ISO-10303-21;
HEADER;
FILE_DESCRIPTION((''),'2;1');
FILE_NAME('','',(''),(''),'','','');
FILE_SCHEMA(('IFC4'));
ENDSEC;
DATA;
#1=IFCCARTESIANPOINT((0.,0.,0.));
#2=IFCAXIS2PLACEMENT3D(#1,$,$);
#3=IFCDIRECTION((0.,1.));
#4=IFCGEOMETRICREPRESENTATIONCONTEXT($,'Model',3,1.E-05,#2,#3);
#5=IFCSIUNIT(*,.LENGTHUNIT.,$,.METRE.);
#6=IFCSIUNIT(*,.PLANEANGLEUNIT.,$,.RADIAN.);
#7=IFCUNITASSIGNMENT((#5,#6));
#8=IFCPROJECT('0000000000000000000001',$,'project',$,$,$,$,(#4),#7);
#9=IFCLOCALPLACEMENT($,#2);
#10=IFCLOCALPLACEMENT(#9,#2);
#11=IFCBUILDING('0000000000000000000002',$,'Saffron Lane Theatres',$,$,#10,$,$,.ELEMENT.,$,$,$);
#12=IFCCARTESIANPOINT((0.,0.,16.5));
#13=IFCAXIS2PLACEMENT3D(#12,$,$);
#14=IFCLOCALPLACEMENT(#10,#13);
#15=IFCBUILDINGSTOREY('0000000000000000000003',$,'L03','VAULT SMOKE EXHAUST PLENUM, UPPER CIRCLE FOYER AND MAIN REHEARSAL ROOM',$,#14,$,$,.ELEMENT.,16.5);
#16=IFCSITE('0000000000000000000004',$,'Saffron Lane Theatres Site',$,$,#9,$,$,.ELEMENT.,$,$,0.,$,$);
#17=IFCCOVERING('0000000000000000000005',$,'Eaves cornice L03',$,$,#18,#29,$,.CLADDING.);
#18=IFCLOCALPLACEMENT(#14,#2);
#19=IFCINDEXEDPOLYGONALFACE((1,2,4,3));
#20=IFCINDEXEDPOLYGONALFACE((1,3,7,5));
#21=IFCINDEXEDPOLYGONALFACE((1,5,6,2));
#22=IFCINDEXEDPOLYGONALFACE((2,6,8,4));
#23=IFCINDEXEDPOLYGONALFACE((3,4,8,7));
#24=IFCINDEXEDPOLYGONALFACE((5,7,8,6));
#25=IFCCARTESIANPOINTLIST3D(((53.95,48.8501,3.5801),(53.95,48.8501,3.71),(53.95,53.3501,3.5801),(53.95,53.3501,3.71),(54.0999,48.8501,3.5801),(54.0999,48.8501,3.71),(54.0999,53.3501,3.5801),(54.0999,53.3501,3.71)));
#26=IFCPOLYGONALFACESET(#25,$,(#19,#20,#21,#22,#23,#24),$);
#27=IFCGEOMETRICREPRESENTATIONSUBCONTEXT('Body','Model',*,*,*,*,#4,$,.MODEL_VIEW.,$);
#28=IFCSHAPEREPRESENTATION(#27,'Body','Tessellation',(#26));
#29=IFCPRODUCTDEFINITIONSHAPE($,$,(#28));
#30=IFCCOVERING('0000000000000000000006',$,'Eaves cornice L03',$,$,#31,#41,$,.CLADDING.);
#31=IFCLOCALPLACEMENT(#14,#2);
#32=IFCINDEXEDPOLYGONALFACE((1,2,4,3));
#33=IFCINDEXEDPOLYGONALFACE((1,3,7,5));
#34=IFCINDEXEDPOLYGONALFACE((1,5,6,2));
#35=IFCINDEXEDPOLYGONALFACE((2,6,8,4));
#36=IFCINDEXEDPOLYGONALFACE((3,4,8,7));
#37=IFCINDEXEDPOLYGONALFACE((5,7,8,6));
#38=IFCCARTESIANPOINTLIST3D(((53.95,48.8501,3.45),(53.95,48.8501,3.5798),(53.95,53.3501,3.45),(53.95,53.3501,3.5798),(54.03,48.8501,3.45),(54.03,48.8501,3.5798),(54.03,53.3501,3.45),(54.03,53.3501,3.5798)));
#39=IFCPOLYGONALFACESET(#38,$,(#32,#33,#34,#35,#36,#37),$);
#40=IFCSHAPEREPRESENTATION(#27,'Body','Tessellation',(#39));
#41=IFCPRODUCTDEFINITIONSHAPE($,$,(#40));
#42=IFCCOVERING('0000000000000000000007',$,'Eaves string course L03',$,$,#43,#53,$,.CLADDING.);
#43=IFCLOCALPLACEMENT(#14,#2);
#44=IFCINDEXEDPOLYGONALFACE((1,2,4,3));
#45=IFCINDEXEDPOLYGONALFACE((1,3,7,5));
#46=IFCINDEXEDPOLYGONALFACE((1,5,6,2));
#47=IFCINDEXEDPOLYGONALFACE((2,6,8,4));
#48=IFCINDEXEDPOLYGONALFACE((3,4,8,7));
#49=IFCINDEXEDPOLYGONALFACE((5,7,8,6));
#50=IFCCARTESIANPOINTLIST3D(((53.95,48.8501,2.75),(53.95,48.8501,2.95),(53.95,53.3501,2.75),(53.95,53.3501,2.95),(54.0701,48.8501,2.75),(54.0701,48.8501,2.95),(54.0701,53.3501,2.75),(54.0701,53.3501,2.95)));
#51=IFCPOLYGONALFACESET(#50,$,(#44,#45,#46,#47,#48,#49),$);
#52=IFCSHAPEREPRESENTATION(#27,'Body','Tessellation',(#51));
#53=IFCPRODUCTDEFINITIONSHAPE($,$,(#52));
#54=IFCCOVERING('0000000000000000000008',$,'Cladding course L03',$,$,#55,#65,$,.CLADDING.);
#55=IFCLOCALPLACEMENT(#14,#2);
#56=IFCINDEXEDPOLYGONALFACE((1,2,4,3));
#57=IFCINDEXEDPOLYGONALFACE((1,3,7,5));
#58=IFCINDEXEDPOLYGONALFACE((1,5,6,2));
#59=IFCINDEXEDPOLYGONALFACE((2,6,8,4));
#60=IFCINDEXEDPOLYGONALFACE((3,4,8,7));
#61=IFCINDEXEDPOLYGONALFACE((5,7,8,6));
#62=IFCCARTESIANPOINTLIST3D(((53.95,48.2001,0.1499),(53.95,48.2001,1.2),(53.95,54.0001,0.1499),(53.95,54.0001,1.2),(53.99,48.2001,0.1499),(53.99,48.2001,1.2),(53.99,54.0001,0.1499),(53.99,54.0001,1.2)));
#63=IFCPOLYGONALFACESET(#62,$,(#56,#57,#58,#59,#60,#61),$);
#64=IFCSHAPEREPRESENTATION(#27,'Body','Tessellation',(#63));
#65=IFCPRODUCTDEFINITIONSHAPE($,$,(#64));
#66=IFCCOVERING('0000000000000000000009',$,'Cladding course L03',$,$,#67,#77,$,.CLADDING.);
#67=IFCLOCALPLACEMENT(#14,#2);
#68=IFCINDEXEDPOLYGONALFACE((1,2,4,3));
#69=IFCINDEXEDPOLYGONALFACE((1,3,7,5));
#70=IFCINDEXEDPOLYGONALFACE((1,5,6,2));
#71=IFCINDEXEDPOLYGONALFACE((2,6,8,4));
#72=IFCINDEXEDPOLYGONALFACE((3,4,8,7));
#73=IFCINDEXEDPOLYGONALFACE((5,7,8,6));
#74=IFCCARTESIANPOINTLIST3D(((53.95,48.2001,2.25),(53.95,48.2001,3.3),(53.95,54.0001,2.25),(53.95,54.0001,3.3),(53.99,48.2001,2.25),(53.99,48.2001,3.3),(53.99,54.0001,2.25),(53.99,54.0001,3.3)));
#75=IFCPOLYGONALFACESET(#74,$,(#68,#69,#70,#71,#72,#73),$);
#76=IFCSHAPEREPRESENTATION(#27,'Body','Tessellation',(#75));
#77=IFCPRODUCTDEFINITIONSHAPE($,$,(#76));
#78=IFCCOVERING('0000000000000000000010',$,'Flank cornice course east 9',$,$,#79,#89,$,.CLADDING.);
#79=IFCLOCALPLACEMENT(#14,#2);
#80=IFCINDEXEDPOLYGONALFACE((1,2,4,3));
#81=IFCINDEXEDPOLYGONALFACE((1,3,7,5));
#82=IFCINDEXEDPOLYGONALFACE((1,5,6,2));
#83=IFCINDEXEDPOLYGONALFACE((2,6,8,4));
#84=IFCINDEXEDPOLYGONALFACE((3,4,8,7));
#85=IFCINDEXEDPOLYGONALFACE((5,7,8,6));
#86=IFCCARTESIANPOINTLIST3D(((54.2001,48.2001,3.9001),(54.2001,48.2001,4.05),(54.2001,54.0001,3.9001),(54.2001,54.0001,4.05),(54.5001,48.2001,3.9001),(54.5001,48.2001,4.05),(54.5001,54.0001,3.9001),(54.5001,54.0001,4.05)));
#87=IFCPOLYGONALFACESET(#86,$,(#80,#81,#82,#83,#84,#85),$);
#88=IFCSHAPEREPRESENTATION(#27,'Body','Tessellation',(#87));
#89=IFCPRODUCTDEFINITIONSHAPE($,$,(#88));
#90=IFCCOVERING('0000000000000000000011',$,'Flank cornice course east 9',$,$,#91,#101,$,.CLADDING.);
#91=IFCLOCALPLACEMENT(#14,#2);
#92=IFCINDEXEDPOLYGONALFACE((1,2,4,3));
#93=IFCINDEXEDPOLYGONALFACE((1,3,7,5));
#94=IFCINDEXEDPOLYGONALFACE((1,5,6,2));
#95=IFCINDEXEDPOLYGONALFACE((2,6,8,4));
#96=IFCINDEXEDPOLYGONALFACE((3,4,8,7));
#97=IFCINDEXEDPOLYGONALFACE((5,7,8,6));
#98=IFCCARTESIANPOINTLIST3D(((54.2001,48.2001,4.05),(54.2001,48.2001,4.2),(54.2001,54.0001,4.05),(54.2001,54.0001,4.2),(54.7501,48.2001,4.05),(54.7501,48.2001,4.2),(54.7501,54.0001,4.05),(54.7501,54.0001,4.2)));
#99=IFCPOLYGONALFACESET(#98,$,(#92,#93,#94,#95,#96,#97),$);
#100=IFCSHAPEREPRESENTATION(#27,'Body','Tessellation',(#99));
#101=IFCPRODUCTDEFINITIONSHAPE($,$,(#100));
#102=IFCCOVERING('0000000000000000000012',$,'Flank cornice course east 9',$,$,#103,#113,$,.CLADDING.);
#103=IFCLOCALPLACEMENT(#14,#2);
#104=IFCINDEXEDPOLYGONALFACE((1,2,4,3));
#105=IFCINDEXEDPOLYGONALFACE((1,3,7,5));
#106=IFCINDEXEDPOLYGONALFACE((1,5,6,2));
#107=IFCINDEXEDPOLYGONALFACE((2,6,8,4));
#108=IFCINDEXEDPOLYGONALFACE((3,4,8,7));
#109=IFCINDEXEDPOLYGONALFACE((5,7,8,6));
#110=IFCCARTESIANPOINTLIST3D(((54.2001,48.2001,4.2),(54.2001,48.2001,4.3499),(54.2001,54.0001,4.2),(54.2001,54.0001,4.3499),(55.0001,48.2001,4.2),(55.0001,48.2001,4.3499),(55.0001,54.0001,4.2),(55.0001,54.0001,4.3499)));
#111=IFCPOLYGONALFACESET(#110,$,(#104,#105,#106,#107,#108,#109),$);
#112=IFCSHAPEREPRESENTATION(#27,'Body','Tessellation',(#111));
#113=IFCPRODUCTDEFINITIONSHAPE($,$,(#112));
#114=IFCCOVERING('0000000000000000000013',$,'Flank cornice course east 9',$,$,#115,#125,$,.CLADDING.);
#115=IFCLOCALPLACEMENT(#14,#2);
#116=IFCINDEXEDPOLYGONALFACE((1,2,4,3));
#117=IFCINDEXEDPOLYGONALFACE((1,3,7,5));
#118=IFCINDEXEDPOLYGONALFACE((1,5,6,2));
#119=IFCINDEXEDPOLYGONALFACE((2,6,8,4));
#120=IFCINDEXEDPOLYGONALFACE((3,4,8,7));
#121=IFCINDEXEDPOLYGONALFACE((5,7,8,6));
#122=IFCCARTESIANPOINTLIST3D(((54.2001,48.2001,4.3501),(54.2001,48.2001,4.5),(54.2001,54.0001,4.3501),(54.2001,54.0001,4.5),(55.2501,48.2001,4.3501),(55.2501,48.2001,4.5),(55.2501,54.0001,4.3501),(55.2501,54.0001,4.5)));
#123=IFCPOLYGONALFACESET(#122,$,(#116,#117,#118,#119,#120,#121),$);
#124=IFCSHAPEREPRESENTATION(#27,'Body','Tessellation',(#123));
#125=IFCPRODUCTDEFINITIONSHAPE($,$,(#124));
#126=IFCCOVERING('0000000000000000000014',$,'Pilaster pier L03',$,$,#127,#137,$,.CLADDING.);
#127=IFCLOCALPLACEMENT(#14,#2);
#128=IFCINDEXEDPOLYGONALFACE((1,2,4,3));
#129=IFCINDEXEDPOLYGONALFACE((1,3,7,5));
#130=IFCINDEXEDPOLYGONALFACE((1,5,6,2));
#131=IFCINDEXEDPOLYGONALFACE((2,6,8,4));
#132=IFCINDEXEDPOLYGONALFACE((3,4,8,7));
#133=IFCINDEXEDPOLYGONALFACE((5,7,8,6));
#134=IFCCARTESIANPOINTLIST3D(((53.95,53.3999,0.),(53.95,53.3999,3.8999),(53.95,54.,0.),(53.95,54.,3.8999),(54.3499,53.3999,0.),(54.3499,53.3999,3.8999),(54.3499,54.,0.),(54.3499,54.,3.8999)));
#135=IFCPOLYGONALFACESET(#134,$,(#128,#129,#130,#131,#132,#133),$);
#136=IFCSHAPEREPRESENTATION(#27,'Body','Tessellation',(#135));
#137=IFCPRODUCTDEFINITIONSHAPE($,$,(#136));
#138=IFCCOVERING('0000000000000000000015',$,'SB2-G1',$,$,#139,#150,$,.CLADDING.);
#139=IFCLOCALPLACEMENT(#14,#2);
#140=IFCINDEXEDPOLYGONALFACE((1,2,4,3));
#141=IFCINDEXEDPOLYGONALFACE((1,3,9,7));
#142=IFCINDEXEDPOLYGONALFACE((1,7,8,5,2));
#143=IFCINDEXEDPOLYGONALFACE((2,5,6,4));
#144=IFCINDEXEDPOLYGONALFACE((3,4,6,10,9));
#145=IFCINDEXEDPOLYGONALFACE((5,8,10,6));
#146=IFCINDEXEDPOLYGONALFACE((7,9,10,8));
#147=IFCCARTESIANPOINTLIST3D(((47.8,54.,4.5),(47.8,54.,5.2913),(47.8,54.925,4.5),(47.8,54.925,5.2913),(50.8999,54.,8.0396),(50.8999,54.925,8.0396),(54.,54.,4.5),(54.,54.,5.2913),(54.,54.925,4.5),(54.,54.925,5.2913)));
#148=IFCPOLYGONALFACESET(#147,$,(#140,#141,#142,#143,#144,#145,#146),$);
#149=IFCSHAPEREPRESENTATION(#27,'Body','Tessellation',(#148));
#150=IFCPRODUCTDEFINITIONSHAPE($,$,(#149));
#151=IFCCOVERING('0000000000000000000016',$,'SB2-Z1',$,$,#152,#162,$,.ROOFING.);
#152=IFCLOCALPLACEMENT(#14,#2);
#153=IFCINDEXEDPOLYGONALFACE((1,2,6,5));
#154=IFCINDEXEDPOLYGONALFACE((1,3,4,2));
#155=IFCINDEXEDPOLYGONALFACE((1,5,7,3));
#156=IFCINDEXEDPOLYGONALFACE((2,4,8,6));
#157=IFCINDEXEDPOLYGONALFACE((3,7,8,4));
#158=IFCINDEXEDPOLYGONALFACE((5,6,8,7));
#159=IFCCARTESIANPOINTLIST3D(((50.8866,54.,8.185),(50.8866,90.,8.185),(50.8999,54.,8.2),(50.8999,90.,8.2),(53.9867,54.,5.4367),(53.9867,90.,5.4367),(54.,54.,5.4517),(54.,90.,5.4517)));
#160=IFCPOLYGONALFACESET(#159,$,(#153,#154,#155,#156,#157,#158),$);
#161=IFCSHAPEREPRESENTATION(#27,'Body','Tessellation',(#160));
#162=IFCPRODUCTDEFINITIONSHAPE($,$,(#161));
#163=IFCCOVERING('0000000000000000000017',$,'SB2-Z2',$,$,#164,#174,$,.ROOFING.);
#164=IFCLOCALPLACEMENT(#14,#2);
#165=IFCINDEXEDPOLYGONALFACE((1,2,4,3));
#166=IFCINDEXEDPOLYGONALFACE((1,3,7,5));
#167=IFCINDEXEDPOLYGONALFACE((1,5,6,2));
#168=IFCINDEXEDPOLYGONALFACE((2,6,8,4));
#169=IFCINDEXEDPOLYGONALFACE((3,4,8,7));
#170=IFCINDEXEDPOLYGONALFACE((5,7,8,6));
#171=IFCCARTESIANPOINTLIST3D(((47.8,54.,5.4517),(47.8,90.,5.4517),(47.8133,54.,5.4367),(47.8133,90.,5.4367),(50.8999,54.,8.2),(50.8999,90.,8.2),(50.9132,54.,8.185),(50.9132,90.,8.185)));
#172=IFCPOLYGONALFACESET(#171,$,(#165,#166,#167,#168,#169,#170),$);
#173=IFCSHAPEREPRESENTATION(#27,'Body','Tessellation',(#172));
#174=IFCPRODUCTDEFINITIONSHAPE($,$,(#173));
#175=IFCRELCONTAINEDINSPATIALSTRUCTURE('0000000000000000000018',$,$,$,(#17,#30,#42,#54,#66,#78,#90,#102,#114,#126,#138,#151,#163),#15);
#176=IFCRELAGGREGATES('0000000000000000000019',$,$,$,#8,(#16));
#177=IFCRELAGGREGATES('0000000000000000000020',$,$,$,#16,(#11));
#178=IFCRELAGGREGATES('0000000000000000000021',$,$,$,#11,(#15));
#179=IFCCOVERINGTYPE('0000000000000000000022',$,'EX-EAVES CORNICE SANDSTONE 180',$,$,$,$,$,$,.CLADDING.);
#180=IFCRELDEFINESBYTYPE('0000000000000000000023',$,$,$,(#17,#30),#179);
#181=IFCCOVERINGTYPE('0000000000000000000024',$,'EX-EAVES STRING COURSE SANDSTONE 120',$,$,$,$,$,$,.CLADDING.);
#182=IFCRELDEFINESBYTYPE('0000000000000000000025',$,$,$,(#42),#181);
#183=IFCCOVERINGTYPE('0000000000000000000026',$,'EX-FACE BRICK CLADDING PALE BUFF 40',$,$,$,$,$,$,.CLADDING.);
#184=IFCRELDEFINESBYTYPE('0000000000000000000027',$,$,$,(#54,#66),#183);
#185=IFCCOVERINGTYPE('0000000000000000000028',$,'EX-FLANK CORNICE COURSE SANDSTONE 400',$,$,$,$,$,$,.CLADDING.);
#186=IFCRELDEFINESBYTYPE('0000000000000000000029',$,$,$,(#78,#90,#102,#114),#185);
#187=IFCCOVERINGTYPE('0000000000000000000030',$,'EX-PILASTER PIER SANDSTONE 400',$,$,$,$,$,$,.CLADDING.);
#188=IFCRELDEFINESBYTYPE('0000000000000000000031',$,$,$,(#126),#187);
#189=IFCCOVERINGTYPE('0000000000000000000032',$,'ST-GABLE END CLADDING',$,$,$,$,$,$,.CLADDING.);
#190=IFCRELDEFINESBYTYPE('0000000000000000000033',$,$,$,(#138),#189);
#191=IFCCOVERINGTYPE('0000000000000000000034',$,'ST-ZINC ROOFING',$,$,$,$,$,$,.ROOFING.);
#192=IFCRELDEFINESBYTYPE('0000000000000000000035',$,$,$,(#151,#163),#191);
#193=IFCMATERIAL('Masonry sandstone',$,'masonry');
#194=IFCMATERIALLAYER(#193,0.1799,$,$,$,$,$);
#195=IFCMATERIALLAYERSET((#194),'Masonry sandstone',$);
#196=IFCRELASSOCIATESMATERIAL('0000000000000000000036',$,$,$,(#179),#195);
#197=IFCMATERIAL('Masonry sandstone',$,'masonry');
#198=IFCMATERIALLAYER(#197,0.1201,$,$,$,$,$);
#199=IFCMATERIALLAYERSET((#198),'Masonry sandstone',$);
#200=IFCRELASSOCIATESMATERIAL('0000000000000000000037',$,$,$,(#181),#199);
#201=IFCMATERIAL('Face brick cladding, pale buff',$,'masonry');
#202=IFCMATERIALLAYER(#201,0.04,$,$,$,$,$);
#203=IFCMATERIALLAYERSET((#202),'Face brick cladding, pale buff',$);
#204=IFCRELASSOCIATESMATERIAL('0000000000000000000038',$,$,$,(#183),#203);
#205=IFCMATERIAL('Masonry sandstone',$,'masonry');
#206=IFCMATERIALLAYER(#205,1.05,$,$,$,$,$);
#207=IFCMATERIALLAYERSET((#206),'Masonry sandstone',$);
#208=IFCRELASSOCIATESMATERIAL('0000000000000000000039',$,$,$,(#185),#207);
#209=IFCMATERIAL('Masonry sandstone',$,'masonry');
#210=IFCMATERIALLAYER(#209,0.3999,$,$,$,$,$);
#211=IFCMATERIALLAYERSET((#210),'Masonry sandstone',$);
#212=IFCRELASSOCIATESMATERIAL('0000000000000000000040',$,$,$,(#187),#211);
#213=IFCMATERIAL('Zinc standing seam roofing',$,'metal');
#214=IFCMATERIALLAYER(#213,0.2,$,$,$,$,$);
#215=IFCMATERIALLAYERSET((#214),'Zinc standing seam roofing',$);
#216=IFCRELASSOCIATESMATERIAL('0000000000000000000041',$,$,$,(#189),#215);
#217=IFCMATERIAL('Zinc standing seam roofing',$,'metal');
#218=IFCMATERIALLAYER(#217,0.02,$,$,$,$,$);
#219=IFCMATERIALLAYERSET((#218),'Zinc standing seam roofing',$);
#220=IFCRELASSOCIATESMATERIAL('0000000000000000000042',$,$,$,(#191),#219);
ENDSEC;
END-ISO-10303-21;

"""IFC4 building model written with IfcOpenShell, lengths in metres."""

from ifc_helpers import new_model, si_unit, direction, frame, origin, origin_2d, place, context, subcontext, project, spatial, polyline, rectangle, outline, extrude, material, layer, layer_set, type_object, element, save


model = new_model("IFC4")

# Units and contexts
model_context = context("Model", 3, precision=1e-05, world=origin(), true_north=direction((0.0, 1.0)))
body_context = subcontext(model_context, "Body", "Model", "MODEL_VIEW")
ifc_project = project(units=[si_unit("LENGTHUNIT", "METRE"), si_unit("PLANEANGLEUNIT", "RADIAN")], contexts=[model_context])

# Site, building, storey
site_placement = place(None, origin())
site = spatial("IfcSite", under=ifc_project, at=site_placement, Name="Saffron Lane Theatres Site", CompositionType="ELEMENT", RefElevation=0.0)
building_placement = place(site_placement, origin())
building = spatial("IfcBuilding", under=site, at=building_placement, Name="Saffron Lane Theatres", CompositionType="ELEMENT")
storey_placement = place(building_placement, frame((0.0, 0.0, 16.5)))
storey = spatial("IfcBuildingStorey", under=building, at=storey_placement, Name="L03", Description="VAULT SMOKE EXHAUST PLENUM, UPPER CIRCLE FOYER AND MAIN REHEARSAL ROOM", CompositionType="ELEMENT", Elevation=16.5)

# Coverings
ifc_material_1 = material(Name="Masonry sandstone", Category="masonry")
ifc_layer_1 = layer(ifc_material_1, 0.1799)
ifc_layer_set_1 = layer_set([ifc_layer_1], Name="Masonry sandstone")
covering_type_1 = type_object("IfcCoveringType", Name="EX-EAVES CORNICE SANDSTONE 180", PredefinedType="CLADDING", material=ifc_layer_set_1)
covering_1_placement = place(storey_placement, frame((54.0249, 51.1001, 3.5801), z_axis=(0.0, 0.0, 1.0), x_axis=(0.0, -1.0, 0.0)))
element("IfcCovering", 1, at=covering_1_placement, inside=storey, type_object=covering_type_1, Name="Eaves cornice L03", PredefinedType="CLADDING", context=body_context, shape_type="SweptSolid", body=[
    extrude(rectangle(XDim=4.5, YDim=0.1499, at=origin_2d()), origin(), (0.0, 0.0, 1.0), 0.1299),
])
covering_2_placement = place(storey_placement, frame((53.99, 51.1001, 3.45), z_axis=(0.0, 0.0, 1.0), x_axis=(0.0, -1.0, 0.0)))
element("IfcCovering", 2, at=covering_2_placement, inside=storey, type_object=covering_type_1, Name="Eaves cornice L03", PredefinedType="CLADDING", context=body_context, shape_type="SweptSolid", body=[
    extrude(rectangle(XDim=4.5, YDim=0.0801, at=origin_2d()), origin(), (0.0, 0.0, 1.0), 0.1299),
])
ifc_material_2 = material(Name="Masonry sandstone", Category="masonry")
ifc_layer_2 = layer(ifc_material_2, 0.1201)
ifc_layer_set_2 = layer_set([ifc_layer_2], Name="Masonry sandstone")
covering_type_2 = type_object("IfcCoveringType", Name="EX-EAVES STRING COURSE SANDSTONE 120", PredefinedType="CLADDING", material=ifc_layer_set_2)
covering_3_placement = place(storey_placement, frame((54.01, 51.1001, 2.75), z_axis=(0.0, 0.0, 1.0), x_axis=(0.0, -1.0, 0.0)))
element("IfcCovering", 3, at=covering_3_placement, inside=storey, type_object=covering_type_2, Name="Eaves string course L03", PredefinedType="CLADDING", context=body_context, shape_type="SweptSolid", body=[
    extrude(rectangle(XDim=4.5, YDim=0.1201, at=origin_2d()), origin(), (0.0, 0.0, 1.0), 0.2),
])
ifc_material_3 = material(Name="Face brick cladding, pale buff", Category="masonry")
ifc_layer_3 = layer(ifc_material_3, 0.04)
ifc_layer_set_3 = layer_set([ifc_layer_3], Name="Face brick cladding, pale buff")
covering_type_3 = type_object("IfcCoveringType", Name="EX-FACE BRICK CLADDING PALE BUFF 40", PredefinedType="CLADDING", material=ifc_layer_set_3)
for number, where, z_axis, x_axis, name in (
    (4, (53.97, 51.1001, 0.1499), (0.0, 0.0, 1.0), (0.0, -1.0, 0.0), "Cladding course L03"),
    (5, (53.97, 51.1001, 2.25), (0.0, 0.0, 1.0), (0.0, -1.0, 0.0), "Cladding course L03"),
):
    element("IfcCovering", number, at=place(storey_placement, frame(where, z_axis=z_axis, x_axis=x_axis)), inside=storey, type_object=covering_type_3, Name=name, PredefinedType="CLADDING", context=body_context, shape_type="SweptSolid", body=[
        extrude(rectangle(XDim=5.8, YDim=0.04, at=origin_2d()), origin(), (0.0, 0.0, 1.0), 1.05),
    ])
ifc_material_4 = material(Name="Masonry sandstone", Category="masonry")
ifc_layer_4 = layer(ifc_material_4, 1.05)
ifc_layer_set_4 = layer_set([ifc_layer_4], Name="Masonry sandstone")
covering_type_4 = type_object("IfcCoveringType", Name="EX-FLANK CORNICE COURSE SANDSTONE 400", PredefinedType="CLADDING", material=ifc_layer_set_4)
covering_4_placement = place(storey_placement, frame((54.3501, 51.1001, 3.9001), z_axis=(0.0, 0.0, 1.0), x_axis=(0.0, 1.0, 0.0)))
element("IfcCovering", 6, at=covering_4_placement, inside=storey, type_object=covering_type_4, Name="Flank cornice course east 9", PredefinedType="CLADDING", context=body_context, shape_type="SweptSolid", body=[
    extrude(rectangle(XDim=5.8, YDim=0.3, at=origin_2d()), origin(), (0.0, 0.0, 1.0), 0.1499),
])
covering_5_placement = place(storey_placement, frame((54.4751, 51.1001, 4.05), z_axis=(0.0, 0.0, 1.0), x_axis=(0.0, 1.0, 0.0)))
element("IfcCovering", 7, at=covering_5_placement, inside=storey, type_object=covering_type_4, Name="Flank cornice course east 9", PredefinedType="CLADDING", context=body_context, shape_type="SweptSolid", body=[
    extrude(rectangle(XDim=5.8, YDim=0.55, at=origin_2d()), origin(), (0.0, 0.0, 1.0), 0.1499),
])
covering_6_placement = place(storey_placement, frame((54.6001, 51.1001, 4.2), z_axis=(0.0, 0.0, 1.0), x_axis=(0.0, 1.0, 0.0)))
element("IfcCovering", 8, at=covering_6_placement, inside=storey, type_object=covering_type_4, Name="Flank cornice course east 9", PredefinedType="CLADDING", context=body_context, shape_type="SweptSolid", body=[
    extrude(rectangle(XDim=5.8, YDim=0.8, at=origin_2d()), origin(), (0.0, 0.0, 1.0), 0.1499),
])
covering_7_placement = place(storey_placement, frame((54.7251, 51.1001, 4.3501), z_axis=(0.0, 0.0, 1.0), x_axis=(0.0, 1.0, 0.0)))
element("IfcCovering", 9, at=covering_7_placement, inside=storey, type_object=covering_type_4, Name="Flank cornice course east 9", PredefinedType="CLADDING", context=body_context, shape_type="SweptSolid", body=[
    extrude(rectangle(XDim=5.8, YDim=1.05, at=origin_2d()), origin(), (0.0, 0.0, 1.0), 0.1499),
])
ifc_material_5 = material(Name="Masonry sandstone", Category="masonry")
ifc_layer_5 = layer(ifc_material_5, 0.3999)
ifc_layer_set_5 = layer_set([ifc_layer_5], Name="Masonry sandstone")
covering_type_5 = type_object("IfcCoveringType", Name="EX-PILASTER PIER SANDSTONE 400", PredefinedType="CLADDING", material=ifc_layer_set_5)
covering_8_placement = place(storey_placement, frame((54.1499, 53.7, 0.0), z_axis=(0.0, 0.0, 1.0), x_axis=(0.0, -1.0, 0.0)))
element("IfcCovering", 10, at=covering_8_placement, inside=storey, type_object=covering_type_5, Name="Pilaster pier L03", PredefinedType="CLADDING", context=body_context, shape_type="SweptSolid", body=[
    extrude(rectangle(XDim=0.6001, YDim=0.3999, at=origin_2d()), origin(), (0.0, 0.0, 1.0), 3.8999),
])
ifc_material_6 = material(Name="Zinc standing seam roofing", Category="metal")
ifc_layer_6 = layer(ifc_material_6, 0.2)
ifc_layer_set_6 = layer_set([ifc_layer_6], Name="Zinc standing seam roofing")
covering_type_6 = type_object("IfcCoveringType", Name="ST-GABLE END CLADDING", PredefinedType="CLADDING", material=ifc_layer_set_6)
covering_9_placement = place(storey_placement, frame((54.0, 54.0, 5.2913), z_axis=(0.0, -1.0, 0.0), x_axis=(-0.74829, 0.0, 0.663372)))
element("IfcCovering", 11, at=covering_9_placement, inside=storey, type_object=covering_type_6, Name="SB2-G1", PredefinedType="CLADDING", context=body_context, shape_type="SweptSolid", body=[
    extrude(outline(polyline([(0.0, 0.0), (4.1429, 0.0), (4.6394, 4.1129), (4.1145, 4.705), (-0.5249, 0.5921), (0.0, 0.0)])), origin(), (0.0, 0.0, -1.0), 0.925),
])
ifc_material_7 = material(Name="Zinc standing seam roofing", Category="metal")
ifc_layer_7 = layer(ifc_material_7, 0.02)
ifc_layer_set_7 = layer_set([ifc_layer_7], Name="Zinc standing seam roofing")
covering_type_7 = type_object("IfcCoveringType", Name="ST-ZINC ROOFING", PredefinedType="ROOFING", material=ifc_layer_set_7)
covering_10_placement = place(storey_placement, frame((54.0, 54.0, 5.4517), z_axis=(0.663372, 0.0, 0.74829), x_axis=(-0.74829, 0.0, 0.663372)))
element("IfcCovering", 12, at=covering_10_placement, inside=storey, type_object=covering_type_7, Name="SB2-Z1", PredefinedType="ROOFING", context=body_context, shape_type="SweptSolid", body=[
    extrude(outline(polyline([(0.0, 0.0), (4.1429, 0.0), (4.1429, -36.0), (0.0, -36.0), (0.0, 0.0)])), origin(), (0.0, 0.0, -1.0), 0.02),
])
covering_11_placement = place(storey_placement, frame((50.8999, 54.0, 8.2), z_axis=(-0.663401, 0.0, 0.748264), x_axis=(-0.748264, 0.0, -0.663401)))
element("IfcCovering", 13, at=covering_11_placement, inside=storey, type_object=covering_type_7, Name="SB2-Z2", PredefinedType="ROOFING", context=body_context, shape_type="SweptSolid", body=[
    extrude(outline(polyline([(0.0, 0.0), (4.1427, 0.0), (4.1427, -36.0), (0.0, -36.0), (0.0, 0.0)])), origin(), (0.0, 0.0, -1.0), 0.02),
])

save(model, "model.ifc")
